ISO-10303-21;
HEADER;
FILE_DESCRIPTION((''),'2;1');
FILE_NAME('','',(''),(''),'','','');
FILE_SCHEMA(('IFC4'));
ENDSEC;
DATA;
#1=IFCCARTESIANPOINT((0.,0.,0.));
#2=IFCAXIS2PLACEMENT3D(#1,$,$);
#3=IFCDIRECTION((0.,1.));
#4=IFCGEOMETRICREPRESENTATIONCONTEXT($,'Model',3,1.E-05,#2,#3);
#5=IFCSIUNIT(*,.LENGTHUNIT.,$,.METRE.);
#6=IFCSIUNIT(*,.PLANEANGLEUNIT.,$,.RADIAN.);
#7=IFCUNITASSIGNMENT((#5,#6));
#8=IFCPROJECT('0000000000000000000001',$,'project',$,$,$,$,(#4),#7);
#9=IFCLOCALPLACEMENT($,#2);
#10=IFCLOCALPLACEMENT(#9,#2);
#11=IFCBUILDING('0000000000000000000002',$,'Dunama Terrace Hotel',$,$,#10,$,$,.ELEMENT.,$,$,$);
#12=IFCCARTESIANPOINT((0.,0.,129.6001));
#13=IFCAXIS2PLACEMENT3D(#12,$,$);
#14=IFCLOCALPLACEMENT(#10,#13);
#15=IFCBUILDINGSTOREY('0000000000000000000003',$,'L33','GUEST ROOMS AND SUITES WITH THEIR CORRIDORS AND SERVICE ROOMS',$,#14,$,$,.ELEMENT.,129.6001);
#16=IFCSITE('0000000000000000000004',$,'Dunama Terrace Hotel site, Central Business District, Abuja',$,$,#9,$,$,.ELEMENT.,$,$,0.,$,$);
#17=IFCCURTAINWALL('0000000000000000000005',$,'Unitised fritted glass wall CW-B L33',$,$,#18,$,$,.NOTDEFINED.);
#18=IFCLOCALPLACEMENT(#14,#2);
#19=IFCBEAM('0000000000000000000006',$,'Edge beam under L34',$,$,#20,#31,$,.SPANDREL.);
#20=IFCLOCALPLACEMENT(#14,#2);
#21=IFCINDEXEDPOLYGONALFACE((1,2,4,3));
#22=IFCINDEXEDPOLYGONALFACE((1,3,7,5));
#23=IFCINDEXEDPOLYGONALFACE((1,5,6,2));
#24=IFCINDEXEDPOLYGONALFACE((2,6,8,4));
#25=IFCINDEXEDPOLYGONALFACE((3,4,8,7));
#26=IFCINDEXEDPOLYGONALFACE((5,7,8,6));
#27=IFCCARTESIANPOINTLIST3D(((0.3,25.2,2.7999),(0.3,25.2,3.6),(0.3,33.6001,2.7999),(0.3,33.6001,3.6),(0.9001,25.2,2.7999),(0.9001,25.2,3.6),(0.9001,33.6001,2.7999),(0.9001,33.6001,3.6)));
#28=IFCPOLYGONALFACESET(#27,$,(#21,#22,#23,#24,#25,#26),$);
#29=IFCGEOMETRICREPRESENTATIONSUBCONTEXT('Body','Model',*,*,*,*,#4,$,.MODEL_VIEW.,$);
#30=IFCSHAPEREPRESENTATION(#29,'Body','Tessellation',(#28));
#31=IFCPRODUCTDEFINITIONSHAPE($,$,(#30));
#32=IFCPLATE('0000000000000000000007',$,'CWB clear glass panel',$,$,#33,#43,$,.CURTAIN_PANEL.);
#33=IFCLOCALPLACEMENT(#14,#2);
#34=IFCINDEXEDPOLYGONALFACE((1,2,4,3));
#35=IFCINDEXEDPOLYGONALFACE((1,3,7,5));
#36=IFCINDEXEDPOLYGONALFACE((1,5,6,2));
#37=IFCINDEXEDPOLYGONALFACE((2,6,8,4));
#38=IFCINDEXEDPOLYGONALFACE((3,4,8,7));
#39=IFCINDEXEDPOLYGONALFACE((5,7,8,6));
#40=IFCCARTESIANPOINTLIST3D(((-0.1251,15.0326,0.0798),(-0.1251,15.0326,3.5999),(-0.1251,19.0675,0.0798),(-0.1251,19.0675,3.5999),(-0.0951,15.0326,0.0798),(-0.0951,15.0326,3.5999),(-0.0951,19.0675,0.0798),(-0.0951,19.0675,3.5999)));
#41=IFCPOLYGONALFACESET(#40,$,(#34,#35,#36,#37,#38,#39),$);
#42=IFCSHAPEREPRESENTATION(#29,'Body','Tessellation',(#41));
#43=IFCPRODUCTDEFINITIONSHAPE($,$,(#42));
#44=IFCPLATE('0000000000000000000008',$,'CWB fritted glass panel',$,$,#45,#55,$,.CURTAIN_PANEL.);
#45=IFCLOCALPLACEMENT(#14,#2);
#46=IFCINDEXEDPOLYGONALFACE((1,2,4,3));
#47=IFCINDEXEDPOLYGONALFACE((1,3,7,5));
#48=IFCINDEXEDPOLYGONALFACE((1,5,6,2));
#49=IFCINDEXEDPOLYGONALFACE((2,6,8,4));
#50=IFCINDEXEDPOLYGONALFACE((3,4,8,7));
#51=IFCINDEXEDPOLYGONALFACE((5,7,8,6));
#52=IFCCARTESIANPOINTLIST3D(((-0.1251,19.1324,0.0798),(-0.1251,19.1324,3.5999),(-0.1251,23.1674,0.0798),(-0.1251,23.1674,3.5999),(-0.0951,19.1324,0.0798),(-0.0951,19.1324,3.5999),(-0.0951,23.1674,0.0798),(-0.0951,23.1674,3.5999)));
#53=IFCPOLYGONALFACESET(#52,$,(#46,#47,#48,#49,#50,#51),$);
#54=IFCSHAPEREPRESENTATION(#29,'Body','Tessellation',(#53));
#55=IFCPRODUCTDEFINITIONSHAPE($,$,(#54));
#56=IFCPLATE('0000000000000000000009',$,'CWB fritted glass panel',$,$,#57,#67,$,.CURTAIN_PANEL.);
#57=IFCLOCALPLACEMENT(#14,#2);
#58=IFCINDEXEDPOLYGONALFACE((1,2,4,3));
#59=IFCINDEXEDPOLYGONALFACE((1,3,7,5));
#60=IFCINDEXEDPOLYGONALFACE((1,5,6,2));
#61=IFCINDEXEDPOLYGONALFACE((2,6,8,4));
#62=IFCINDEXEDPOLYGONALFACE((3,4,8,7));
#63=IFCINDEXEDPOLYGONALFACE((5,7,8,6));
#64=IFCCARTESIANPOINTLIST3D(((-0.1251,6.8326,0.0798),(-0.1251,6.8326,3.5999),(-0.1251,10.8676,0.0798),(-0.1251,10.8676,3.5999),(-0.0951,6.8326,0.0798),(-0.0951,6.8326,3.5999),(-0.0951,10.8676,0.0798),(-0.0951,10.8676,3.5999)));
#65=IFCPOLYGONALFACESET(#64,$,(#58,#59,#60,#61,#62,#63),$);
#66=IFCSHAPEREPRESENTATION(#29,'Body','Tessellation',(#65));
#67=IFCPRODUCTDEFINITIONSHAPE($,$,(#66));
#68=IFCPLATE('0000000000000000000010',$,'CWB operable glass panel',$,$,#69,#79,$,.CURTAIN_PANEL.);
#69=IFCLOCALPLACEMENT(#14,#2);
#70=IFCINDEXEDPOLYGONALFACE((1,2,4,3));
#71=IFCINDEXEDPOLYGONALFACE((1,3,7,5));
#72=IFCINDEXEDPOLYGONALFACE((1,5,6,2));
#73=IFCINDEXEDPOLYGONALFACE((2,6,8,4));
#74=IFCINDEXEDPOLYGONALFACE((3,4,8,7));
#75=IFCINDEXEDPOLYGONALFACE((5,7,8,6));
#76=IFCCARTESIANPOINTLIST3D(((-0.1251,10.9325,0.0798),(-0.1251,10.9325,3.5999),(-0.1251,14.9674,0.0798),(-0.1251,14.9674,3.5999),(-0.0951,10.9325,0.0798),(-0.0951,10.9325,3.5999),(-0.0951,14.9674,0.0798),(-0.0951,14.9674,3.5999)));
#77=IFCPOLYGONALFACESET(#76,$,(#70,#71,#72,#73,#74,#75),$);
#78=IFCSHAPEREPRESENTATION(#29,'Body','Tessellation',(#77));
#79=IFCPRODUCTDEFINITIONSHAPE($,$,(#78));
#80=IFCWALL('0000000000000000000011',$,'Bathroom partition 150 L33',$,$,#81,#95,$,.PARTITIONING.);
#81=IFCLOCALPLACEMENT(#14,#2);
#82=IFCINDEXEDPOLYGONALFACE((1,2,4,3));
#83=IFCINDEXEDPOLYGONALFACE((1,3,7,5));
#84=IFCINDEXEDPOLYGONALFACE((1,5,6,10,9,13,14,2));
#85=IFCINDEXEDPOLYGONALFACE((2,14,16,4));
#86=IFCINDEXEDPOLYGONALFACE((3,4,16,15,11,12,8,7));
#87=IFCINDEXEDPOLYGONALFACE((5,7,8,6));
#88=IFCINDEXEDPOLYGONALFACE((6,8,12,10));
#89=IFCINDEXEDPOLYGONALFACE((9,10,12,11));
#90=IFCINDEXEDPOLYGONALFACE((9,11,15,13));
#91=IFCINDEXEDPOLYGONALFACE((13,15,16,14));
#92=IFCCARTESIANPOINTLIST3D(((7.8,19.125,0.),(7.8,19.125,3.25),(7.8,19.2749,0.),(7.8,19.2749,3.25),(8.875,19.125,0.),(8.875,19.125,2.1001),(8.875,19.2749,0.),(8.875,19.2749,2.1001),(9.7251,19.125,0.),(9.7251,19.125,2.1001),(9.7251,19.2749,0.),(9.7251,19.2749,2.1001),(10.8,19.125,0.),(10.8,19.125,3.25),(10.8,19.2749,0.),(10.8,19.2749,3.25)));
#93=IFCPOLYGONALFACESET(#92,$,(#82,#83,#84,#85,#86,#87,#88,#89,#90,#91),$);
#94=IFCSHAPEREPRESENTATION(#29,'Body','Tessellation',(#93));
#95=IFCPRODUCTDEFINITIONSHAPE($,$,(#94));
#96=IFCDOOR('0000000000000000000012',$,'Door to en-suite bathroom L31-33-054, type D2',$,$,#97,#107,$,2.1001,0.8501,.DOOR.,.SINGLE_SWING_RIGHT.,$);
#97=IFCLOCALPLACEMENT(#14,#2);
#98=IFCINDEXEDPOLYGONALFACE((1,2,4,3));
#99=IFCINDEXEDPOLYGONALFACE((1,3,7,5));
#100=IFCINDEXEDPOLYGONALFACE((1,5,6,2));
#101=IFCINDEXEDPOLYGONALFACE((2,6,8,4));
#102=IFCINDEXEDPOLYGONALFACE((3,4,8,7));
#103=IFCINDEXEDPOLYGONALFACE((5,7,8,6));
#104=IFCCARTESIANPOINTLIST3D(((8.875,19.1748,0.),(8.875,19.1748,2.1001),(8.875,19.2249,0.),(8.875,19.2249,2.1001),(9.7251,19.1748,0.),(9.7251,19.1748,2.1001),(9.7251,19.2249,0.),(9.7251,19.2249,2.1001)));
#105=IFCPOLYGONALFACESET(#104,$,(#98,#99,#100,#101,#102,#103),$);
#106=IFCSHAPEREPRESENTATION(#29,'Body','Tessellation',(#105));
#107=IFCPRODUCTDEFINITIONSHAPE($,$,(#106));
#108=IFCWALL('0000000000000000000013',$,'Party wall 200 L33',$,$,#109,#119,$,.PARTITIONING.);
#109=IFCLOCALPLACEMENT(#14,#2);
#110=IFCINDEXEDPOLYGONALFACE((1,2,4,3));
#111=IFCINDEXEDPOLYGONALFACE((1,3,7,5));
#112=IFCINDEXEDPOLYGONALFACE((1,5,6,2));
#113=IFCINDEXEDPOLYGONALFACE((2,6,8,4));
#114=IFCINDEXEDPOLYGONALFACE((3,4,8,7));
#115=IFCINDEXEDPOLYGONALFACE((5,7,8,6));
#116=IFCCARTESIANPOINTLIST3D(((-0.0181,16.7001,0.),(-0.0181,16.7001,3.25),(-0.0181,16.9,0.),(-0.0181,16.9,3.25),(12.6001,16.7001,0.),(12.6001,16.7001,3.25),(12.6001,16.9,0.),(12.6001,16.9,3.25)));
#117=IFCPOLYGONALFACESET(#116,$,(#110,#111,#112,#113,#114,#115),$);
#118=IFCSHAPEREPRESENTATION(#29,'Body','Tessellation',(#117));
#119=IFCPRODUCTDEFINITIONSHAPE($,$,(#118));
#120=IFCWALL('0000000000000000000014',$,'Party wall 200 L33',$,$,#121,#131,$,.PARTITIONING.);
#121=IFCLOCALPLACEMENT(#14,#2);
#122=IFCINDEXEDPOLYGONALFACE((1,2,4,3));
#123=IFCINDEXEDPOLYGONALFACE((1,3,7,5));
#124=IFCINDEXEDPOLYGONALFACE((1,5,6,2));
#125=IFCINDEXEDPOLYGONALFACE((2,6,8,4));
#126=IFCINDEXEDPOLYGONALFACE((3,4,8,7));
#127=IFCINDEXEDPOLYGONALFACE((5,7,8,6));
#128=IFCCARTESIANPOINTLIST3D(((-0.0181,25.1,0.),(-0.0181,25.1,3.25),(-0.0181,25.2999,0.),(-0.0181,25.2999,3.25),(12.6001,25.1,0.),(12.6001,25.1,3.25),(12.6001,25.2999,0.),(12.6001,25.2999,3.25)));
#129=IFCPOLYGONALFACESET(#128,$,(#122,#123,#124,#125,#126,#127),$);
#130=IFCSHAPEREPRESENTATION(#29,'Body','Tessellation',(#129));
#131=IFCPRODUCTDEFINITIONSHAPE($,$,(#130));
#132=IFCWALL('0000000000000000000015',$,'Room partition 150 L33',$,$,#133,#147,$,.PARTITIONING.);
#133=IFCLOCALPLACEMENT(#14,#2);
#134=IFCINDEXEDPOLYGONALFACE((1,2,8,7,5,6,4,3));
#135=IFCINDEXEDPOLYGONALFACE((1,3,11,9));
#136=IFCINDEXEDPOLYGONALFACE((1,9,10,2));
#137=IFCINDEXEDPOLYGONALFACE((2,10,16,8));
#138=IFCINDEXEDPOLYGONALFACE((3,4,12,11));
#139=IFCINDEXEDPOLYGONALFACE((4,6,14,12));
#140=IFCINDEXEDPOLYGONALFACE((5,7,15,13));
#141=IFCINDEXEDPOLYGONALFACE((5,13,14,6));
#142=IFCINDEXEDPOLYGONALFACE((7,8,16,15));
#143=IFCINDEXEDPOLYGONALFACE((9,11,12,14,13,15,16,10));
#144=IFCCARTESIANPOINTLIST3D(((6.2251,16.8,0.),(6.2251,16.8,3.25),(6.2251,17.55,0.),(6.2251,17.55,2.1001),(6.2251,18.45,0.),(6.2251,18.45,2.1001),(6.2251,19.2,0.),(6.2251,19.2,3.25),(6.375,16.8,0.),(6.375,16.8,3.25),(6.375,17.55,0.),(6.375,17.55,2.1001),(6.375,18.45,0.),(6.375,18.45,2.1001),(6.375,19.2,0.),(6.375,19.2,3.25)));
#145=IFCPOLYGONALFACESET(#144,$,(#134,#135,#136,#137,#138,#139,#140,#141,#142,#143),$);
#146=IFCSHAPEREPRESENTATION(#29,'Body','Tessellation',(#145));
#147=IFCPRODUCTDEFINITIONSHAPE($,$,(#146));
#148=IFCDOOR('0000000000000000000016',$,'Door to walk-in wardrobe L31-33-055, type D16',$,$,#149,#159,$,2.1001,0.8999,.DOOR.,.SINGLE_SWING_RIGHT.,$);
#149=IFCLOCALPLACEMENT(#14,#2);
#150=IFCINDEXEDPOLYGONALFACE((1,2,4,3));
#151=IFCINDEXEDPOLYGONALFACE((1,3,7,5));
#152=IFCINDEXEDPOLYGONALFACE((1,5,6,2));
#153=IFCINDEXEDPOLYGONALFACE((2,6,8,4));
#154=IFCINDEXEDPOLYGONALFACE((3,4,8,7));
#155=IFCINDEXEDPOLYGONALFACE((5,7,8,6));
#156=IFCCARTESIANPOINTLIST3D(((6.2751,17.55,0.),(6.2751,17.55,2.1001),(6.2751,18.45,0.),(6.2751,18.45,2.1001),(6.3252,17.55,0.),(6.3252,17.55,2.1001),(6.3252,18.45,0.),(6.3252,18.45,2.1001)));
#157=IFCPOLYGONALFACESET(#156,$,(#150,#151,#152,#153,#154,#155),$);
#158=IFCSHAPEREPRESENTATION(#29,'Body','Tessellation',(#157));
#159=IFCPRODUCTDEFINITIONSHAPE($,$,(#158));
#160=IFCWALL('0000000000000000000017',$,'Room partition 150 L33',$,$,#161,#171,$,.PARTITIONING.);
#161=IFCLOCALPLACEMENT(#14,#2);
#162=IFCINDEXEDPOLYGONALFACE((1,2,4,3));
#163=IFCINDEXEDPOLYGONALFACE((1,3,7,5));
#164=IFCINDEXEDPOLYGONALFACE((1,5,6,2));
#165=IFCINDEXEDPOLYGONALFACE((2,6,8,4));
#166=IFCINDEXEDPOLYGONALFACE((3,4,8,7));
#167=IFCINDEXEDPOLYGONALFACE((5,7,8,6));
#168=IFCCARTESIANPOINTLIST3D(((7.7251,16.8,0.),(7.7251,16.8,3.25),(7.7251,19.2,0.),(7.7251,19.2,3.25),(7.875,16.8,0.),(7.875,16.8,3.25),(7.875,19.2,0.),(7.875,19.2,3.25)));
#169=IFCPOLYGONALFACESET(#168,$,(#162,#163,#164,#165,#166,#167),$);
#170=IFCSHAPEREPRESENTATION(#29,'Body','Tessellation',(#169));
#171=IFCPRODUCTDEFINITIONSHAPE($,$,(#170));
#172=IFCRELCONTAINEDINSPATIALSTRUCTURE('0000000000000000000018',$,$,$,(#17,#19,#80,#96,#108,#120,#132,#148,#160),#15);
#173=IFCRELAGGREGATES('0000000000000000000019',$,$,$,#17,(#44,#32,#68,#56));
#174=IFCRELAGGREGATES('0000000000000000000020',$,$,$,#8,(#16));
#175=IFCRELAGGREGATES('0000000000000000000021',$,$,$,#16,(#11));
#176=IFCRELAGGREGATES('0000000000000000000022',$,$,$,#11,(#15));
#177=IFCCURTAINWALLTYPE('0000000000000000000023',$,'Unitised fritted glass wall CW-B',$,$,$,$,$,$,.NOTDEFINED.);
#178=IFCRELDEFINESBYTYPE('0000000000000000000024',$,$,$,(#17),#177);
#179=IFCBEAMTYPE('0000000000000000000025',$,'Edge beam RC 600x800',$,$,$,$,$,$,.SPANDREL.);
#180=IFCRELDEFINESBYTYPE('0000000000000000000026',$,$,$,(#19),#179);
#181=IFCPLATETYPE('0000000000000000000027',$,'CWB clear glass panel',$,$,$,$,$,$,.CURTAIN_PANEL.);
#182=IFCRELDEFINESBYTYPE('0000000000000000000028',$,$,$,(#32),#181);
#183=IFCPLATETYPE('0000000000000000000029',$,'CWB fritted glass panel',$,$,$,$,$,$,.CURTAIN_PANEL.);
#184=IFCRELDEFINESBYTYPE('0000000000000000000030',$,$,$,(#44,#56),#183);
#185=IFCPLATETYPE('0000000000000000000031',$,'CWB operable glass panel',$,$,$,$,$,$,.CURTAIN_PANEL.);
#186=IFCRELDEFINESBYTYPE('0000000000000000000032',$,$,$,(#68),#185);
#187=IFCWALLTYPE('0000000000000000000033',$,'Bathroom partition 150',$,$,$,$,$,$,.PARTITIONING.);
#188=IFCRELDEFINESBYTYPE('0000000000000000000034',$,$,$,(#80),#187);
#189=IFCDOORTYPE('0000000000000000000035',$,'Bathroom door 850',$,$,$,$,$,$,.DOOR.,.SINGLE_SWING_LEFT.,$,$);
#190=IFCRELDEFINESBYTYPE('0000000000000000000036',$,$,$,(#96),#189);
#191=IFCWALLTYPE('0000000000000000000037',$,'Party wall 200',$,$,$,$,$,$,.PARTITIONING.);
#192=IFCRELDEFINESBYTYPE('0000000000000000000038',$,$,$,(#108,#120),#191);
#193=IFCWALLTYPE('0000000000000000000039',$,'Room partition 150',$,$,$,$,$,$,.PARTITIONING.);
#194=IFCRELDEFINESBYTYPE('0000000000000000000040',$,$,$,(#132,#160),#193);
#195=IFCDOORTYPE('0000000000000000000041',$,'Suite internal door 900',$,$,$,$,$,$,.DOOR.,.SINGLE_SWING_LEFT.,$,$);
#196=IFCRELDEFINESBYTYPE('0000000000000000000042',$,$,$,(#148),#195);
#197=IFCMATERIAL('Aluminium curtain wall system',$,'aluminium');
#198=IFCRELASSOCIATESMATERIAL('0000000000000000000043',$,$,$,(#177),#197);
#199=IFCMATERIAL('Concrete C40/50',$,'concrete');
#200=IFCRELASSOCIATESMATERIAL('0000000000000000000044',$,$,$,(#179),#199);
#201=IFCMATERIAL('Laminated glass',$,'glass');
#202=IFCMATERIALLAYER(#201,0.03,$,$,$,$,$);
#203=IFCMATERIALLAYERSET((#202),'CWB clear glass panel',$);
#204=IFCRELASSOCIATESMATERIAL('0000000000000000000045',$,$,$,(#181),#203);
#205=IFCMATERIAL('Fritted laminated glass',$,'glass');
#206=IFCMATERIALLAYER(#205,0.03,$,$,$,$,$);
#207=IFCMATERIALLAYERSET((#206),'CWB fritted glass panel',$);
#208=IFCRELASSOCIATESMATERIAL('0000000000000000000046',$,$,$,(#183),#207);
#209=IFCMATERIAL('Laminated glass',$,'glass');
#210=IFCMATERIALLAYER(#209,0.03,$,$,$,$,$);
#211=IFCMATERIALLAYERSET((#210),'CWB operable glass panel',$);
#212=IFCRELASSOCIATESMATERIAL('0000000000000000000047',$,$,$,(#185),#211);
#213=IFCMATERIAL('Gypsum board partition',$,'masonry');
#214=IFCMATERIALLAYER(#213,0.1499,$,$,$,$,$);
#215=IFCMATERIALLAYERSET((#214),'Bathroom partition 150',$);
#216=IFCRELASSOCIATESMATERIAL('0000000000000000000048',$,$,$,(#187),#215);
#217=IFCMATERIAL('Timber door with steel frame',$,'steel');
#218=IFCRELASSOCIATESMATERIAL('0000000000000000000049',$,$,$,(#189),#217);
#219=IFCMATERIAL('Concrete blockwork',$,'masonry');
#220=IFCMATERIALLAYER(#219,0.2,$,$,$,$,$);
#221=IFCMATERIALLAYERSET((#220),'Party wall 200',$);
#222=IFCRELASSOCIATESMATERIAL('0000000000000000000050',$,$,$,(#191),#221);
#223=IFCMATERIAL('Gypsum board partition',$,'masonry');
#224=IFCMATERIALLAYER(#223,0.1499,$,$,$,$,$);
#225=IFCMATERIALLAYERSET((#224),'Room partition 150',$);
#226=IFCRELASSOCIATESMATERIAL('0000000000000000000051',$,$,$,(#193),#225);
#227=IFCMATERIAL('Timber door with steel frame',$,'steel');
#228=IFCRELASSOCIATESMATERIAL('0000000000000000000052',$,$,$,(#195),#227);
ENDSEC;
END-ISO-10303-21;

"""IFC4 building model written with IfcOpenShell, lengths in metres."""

from ifc_helpers import new_model, si_unit, direction, frame, frame_2d, origin, origin_2d, place, context, subcontext, project, spatial, rectangle, extrude, material, layer, layer_set, material_profile, profile_set, type_object, element, fill, aggregate, save


model = new_model("IFC4")

# Units and contexts
model_context = context("Model", 3, precision=1e-05, world=origin(), true_north=direction((0.0, 1.0)))
body_context = subcontext(model_context, "Body", "Model", "MODEL_VIEW")
ifc_project = project(units=[si_unit("LENGTHUNIT", "METRE"), si_unit("PLANEANGLEUNIT", "RADIAN")], contexts=[model_context])

# Site, building, storey
site_placement = place(None, origin())
site = spatial("IfcSite", under=ifc_project, at=site_placement, Name="Dunama Terrace Hotel site, Central Business District, Abuja", CompositionType="ELEMENT", RefElevation=0.0)
building_placement = place(site_placement, origin())
building = spatial("IfcBuilding", under=site, at=building_placement, Name="Dunama Terrace Hotel", CompositionType="ELEMENT")
storey_placement = place(building_placement, frame((0.0, 0.0, 129.6001)))
storey = spatial("IfcBuildingStorey", under=building, at=storey_placement, Name="L33", Description="GUEST ROOMS AND SUITES WITH THEIR CORRIDORS AND SERVICE ROOMS", CompositionType="ELEMENT", Elevation=129.6001)

# Curtain wall
ifc_material_1 = material(Name="Aluminium curtain wall system", Category="aluminium")
curtain_wall_type = type_object("IfcCurtainWallType", Name="Unitised fritted glass wall CW-B", PredefinedType="NOTDEFINED", material=ifc_material_1)
curtain_wall_placement = place(storey_placement, origin())
curtain_wall = element("IfcCurtainWall", 1, at=curtain_wall_placement, inside=storey, type_object=curtain_wall_type, Name="Unitised fritted glass wall CW-B L33", PredefinedType="NOTDEFINED")

# Beam
ifc_material_2 = material(Name="Concrete C40/50", Category="concrete")
ifc_material_profile_1 = material_profile(ifc_material_2, rectangle(XDim=0.6001, YDim=0.8, at=origin_2d()), Name="RC 600x800")
ifc_profile_set_1 = profile_set([ifc_material_profile_1], Name="Concrete C40/50")
beam_type = type_object("IfcBeamType", Name="Edge beam RC 600x800", PredefinedType="SPANDREL", material=ifc_profile_set_1)
beam_1_placement = place(storey_placement, frame((0.6001, 25.2, 3.2), z_axis=(0.0, 1.0, 0.0), x_axis=(-1.0, 0.0, 0.0)))
element("IfcBeam", 2, at=beam_1_placement, inside=storey, type_object=beam_type, Name="Edge beam under L34", PredefinedType="SPANDREL", context=body_context, shape_type="SweptSolid", body=[
    extrude(rectangle(XDim=0.6001, YDim=0.8, at=origin_2d()), origin(), (0.0, 0.0, 1.0), 8.4001),
])

# Plates
ifc_material_3 = material(Name="Laminated glass", Category="glass")
ifc_layer_1 = layer(ifc_material_3, 0.03)
ifc_layer_set_1 = layer_set([ifc_layer_1], Name="CWB clear glass panel")
plate_type_1 = type_object("IfcPlateType", Name="CWB clear glass panel", PredefinedType="CURTAIN_PANEL", material=ifc_layer_set_1)
plate_1_placement = place(storey_placement, frame((-0.1101, 17.05, 0.0798), z_axis=(0.0, 0.0, 1.0), x_axis=(0.0, -1.0, 0.0)))
plate_1 = element("IfcPlate", 3, at=plate_1_placement, type_object=plate_type_1, Name="CWB clear glass panel", PredefinedType="CURTAIN_PANEL", context=body_context, shape_type="SweptSolid", body=[
    extrude(rectangle(XDim=4.0349, YDim=0.03, at=origin_2d()), origin(), (0.0, 0.0, 1.0), 3.52),
])
ifc_material_4 = material(Name="Fritted laminated glass", Category="glass")
ifc_layer_2 = layer(ifc_material_4, 0.03)
ifc_layer_set_2 = layer_set([ifc_layer_2], Name="CWB fritted glass panel")
plate_type_2 = type_object("IfcPlateType", Name="CWB fritted glass panel", PredefinedType="CURTAIN_PANEL", material=ifc_layer_set_2)
plate_2_placement = place(storey_placement, frame((-0.1101, 21.1499, 0.0798), z_axis=(0.0, 0.0, 1.0), x_axis=(0.0, -1.0, 0.0)))
plate_2 = element("IfcPlate", 4, at=plate_2_placement, type_object=plate_type_2, Name="CWB fritted glass panel", PredefinedType="CURTAIN_PANEL", context=body_context, shape_type="SweptSolid", body=[
    extrude(rectangle(XDim=4.0349, YDim=0.03, at=origin_2d()), origin(), (0.0, 0.0, 1.0), 3.52),
])
plate_3_placement = place(storey_placement, frame((-0.1101, 8.8501, 0.0798), z_axis=(0.0, 0.0, 1.0), x_axis=(0.0, -1.0, 0.0)))
plate_3 = element("IfcPlate", 5, at=plate_3_placement, type_object=plate_type_2, Name="CWB fritted glass panel", PredefinedType="CURTAIN_PANEL", context=body_context, shape_type="SweptSolid", body=[
    extrude(rectangle(XDim=4.0349, YDim=0.03, at=origin_2d()), origin(), (0.0, 0.0, 1.0), 3.52),
])
ifc_material_5 = material(Name="Laminated glass", Category="glass")
ifc_layer_3 = layer(ifc_material_5, 0.03)
ifc_layer_set_3 = layer_set([ifc_layer_3], Name="CWB operable glass panel")
plate_type_3 = type_object("IfcPlateType", Name="CWB operable glass panel", PredefinedType="CURTAIN_PANEL", material=ifc_layer_set_3)
plate_4_placement = place(storey_placement, frame((-0.1101, 12.95, 0.0798), z_axis=(0.0, 0.0, 1.0), x_axis=(0.0, -1.0, 0.0)))
plate_4 = element("IfcPlate", 6, at=plate_4_placement, type_object=plate_type_3, Name="CWB operable glass panel", PredefinedType="CURTAIN_PANEL", context=body_context, shape_type="SweptSolid", body=[
    extrude(rectangle(XDim=4.0349, YDim=0.03, at=origin_2d()), origin(), (0.0, 0.0, 1.0), 3.52),
])
aggregate(curtain_wall, [plate_2, plate_1, plate_4, plate_3])

# Wall, opening, door
ifc_material_6 = material(Name="Gypsum board partition", Category="masonry")
ifc_layer_4 = layer(ifc_material_6, 0.1499)
ifc_layer_set_4 = layer_set([ifc_layer_4], Name="Bathroom partition 150")
wall_type_1 = type_object("IfcWallType", Name="Bathroom partition 150", PredefinedType="PARTITIONING", material=ifc_layer_set_4)
wall_1_placement = place(storey_placement, frame((7.8, 19.2, 0.0), z_axis=(0.0, 0.0, 1.0), x_axis=(1.0, 0.0, 0.0)))
wall_1 = element("IfcWall", 7, at=wall_1_placement, inside=storey, type_object=wall_type_1, Name="Bathroom partition 150 L33", PredefinedType="PARTITIONING", context=body_context, shape_type="SweptSolid", body=[
    extrude(rectangle(XDim=3.0, YDim=0.1499, at=frame_2d((1.5, 0.0))), origin(), (0.0, 0.0, 1.0), 3.25),
])
opening_1_placement = place(wall_1_placement, frame((1.075, 0.0, 0.0)))
opening_1 = element("IfcOpeningElement", 8, at=opening_1_placement, cuts=wall_1, PredefinedType="OPENING", context=body_context, shape_type="SweptSolid", body=[
    extrude(rectangle(XDim=0.8501, YDim=2.1001, at=frame_2d((0.425, 1.05))), frame((0.0, 0.085, 0.0), z_axis=(0.0, -1.0, 0.0), x_axis=(1.0, 0.0, 0.0)), (0.0, 0.0, 1.0), 0.1699),
])
ifc_material_7 = material(Name="Timber door with steel frame", Category="steel")
door_type_1 = type_object("IfcDoorType", Name="Bathroom door 850", OperationType="SINGLE_SWING_LEFT", PredefinedType="DOOR", material=ifc_material_7)
door_1_placement = place(opening_1_placement, frame((0.8501, 0.0, 0.0), z_axis=(0.0, 0.0, 1.0), x_axis=(-1.0, 0.0, 0.0)))
door_1 = element("IfcDoor", 9, at=door_1_placement, inside=storey, type_object=door_type_1, Name="Door to en-suite bathroom L31-33-054, type D2", OperationType="SINGLE_SWING_RIGHT", OverallHeight=2.1001, OverallWidth=0.8501, PredefinedType="DOOR", context=body_context, shape_type="SweptSolid", body=[
    extrude(rectangle(XDim=0.8501, YDim=2.1001, at=frame_2d((0.425, 1.05))), frame((0.0, 0.0251, 0.0), z_axis=(0.0, -1.0, 0.0), x_axis=(1.0, 0.0, 0.0)), (0.0, 0.0, 1.0), 0.05),
])
fill(opening_1, door_1)

# Walls
ifc_material_8 = material(Name="Concrete blockwork", Category="masonry")
ifc_layer_5 = layer(ifc_material_8, 0.2)
ifc_layer_set_5 = layer_set([ifc_layer_5], Name="Party wall 200")
wall_type_2 = type_object("IfcWallType", Name="Party wall 200", PredefinedType="PARTITIONING", material=ifc_layer_set_5)
for number, where, z_axis, x_axis, name in (
    (10, (-0.0181, 16.8, 0.0), (0.0, 0.0, 1.0), (1.0, 0.0, 0.0), "Party wall 200 L33"),
    (11, (-0.0181, 25.2, 0.0), (0.0, 0.0, 1.0), (1.0, 0.0, 0.0), "Party wall 200 L33"),
):
    element("IfcWall", number, at=place(storey_placement, frame(where, z_axis=z_axis, x_axis=x_axis)), inside=storey, type_object=wall_type_2, Name=name, PredefinedType="PARTITIONING", context=body_context, shape_type="SweptSolid", body=[
        extrude(rectangle(XDim=12.6182, YDim=0.2, at=frame_2d((6.3091, 0.0))), origin(), (0.0, 0.0, 1.0), 3.25),
    ])

# Wall, opening, door
ifc_material_9 = material(Name="Gypsum board partition", Category="masonry")
ifc_layer_6 = layer(ifc_material_9, 0.1499)
ifc_layer_set_6 = layer_set([ifc_layer_6], Name="Room partition 150")
wall_type_3 = type_object("IfcWallType", Name="Room partition 150", PredefinedType="PARTITIONING", material=ifc_layer_set_6)
wall_2_placement = place(storey_placement, frame((6.3, 16.8, 0.0), z_axis=(0.0, 0.0, 1.0), x_axis=(0.0, 1.0, 0.0)))
wall_2 = element("IfcWall", 12, at=wall_2_placement, inside=storey, type_object=wall_type_3, Name="Room partition 150 L33", PredefinedType="PARTITIONING", context=body_context, shape_type="SweptSolid", body=[
    extrude(rectangle(XDim=2.3999, YDim=0.1499, at=frame_2d((1.2, 0.0))), origin(), (0.0, 0.0, 1.0), 3.25),
])
opening_2_placement = place(wall_2_placement, frame((0.75, 0.0, 0.0)))
opening_2 = element("IfcOpeningElement", 13, at=opening_2_placement, cuts=wall_2, PredefinedType="OPENING", context=body_context, shape_type="SweptSolid", body=[
    extrude(rectangle(XDim=0.8999, YDim=2.1001, at=frame_2d((0.45, 1.05))), frame((0.0, 0.085, 0.0), z_axis=(0.0, -1.0, 0.0), x_axis=(1.0, 0.0, 0.0)), (0.0, 0.0, 1.0), 0.1699),
])
ifc_material_10 = material(Name="Timber door with steel frame", Category="steel")
door_type_2 = type_object("IfcDoorType", Name="Suite internal door 900", OperationType="SINGLE_SWING_LEFT", PredefinedType="DOOR", material=ifc_material_10)
door_2_placement = place(opening_2_placement, frame((0.8999, 0.0, 0.0), z_axis=(0.0, 0.0, 1.0), x_axis=(-1.0, 0.0, 0.0)))
door_2 = element("IfcDoor", 14, at=door_2_placement, inside=storey, type_object=door_type_2, Name="Door to walk-in wardrobe L31-33-055, type D16", OperationType="SINGLE_SWING_RIGHT", OverallHeight=2.1001, OverallWidth=0.8999, PredefinedType="DOOR", context=body_context, shape_type="SweptSolid", body=[
    extrude(rectangle(XDim=0.8999, YDim=2.1001, at=frame_2d((0.45, 1.05))), frame((0.0, 0.0251, 0.0), z_axis=(0.0, -1.0, 0.0), x_axis=(1.0, 0.0, 0.0)), (0.0, 0.0, 1.0), 0.05),
])
fill(opening_2, door_2)

# Wall
wall_3_placement = place(storey_placement, frame((7.8, 16.8, 0.0), z_axis=(0.0, 0.0, 1.0), x_axis=(0.0, 1.0, 0.0)))
element("IfcWall", 15, at=wall_3_placement, inside=storey, type_object=wall_type_3, Name="Room partition 150 L33", PredefinedType="PARTITIONING", context=body_context, shape_type="SweptSolid", body=[
    extrude(rectangle(XDim=2.3999, YDim=0.1499, at=frame_2d((1.2, 0.0))), origin(), (0.0, 0.0, 1.0), 3.25),
])

save(model, "model.ifc")
